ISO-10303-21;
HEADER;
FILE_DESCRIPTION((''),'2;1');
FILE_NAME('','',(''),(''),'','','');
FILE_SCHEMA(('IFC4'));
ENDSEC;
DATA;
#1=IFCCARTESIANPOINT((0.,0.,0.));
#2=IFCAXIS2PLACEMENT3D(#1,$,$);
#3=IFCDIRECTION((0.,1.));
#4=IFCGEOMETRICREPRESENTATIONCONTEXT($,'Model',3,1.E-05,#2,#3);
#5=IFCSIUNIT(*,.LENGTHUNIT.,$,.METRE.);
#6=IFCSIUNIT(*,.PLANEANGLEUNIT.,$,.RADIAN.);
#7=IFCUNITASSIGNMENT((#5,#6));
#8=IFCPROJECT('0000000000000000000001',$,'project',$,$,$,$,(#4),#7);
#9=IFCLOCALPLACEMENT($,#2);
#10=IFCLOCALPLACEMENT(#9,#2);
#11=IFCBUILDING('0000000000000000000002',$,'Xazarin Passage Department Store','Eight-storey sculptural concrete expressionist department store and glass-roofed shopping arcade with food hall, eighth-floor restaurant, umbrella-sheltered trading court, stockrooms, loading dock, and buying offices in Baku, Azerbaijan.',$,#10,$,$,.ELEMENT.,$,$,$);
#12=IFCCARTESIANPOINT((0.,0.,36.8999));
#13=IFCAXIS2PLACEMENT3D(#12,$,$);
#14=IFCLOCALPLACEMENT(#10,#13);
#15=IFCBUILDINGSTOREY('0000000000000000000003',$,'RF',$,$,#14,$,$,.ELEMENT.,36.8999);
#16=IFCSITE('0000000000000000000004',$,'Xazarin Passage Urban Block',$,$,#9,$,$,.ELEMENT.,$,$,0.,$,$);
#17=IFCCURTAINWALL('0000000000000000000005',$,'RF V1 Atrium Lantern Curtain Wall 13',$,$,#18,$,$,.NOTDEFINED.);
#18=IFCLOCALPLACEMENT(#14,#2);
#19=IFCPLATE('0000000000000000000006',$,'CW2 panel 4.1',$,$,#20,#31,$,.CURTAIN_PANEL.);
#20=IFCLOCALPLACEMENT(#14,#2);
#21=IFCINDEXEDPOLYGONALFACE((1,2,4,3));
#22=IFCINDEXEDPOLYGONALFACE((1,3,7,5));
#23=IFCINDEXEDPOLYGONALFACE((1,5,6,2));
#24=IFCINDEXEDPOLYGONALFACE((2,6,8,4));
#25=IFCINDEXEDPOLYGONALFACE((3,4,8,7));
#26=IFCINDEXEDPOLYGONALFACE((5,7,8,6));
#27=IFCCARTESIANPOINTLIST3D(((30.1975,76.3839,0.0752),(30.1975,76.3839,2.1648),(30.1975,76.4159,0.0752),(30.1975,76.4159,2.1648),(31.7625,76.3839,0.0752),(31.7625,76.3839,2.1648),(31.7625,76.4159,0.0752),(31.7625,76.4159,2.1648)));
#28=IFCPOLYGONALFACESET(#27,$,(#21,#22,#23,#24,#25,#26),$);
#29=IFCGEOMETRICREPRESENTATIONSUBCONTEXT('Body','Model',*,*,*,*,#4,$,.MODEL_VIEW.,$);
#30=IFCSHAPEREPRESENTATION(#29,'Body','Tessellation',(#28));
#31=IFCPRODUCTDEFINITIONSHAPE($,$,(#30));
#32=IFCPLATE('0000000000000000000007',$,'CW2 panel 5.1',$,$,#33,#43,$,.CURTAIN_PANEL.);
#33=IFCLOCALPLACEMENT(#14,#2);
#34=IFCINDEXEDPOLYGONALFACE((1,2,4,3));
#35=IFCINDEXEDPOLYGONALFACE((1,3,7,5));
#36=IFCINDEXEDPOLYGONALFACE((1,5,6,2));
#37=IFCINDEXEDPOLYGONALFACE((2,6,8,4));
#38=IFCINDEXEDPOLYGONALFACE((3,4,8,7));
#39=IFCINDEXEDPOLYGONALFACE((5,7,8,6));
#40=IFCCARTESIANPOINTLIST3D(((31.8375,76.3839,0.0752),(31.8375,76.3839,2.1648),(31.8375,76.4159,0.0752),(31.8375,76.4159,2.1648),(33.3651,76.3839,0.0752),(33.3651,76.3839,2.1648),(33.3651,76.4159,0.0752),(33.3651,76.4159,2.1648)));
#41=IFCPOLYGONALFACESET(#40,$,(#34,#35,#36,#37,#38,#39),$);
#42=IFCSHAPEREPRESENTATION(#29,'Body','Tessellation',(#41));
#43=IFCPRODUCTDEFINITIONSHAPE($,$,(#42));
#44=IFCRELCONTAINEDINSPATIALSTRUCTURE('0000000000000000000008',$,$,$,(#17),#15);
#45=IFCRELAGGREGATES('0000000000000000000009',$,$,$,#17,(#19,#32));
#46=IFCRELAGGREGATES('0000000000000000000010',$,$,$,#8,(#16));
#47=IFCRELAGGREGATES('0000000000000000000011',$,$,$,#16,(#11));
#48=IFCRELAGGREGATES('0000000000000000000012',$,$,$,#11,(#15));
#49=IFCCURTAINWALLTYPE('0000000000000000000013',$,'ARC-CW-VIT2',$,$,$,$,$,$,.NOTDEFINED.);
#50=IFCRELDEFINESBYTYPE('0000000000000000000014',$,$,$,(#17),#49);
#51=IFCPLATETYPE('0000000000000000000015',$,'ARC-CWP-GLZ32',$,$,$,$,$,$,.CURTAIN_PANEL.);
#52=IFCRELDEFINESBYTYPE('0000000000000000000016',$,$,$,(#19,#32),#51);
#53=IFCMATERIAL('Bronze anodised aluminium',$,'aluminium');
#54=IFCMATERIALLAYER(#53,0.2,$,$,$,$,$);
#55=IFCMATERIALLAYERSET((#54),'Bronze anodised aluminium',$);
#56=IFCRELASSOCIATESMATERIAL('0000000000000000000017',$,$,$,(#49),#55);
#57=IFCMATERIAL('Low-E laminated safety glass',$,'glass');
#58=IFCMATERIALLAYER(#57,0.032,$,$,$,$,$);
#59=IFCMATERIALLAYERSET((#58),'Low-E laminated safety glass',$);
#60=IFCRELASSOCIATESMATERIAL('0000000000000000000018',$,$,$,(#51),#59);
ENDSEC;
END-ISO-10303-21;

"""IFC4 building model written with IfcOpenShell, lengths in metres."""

from ifc_helpers import new_model, si_unit, direction, frame, origin, origin_2d, place, context, subcontext, project, spatial, rectangle, extrude, material, layer, layer_set, type_object, element, aggregate, save


model = new_model("IFC4")

# Units and contexts
model_context = context("Model", 3, precision=1e-05, world=origin(), true_north=direction((0.0, 1.0)))
body_context = subcontext(model_context, "Body", "Model", "MODEL_VIEW")
ifc_project = project(units=[si_unit("LENGTHUNIT", "METRE"), si_unit("PLANEANGLEUNIT", "RADIAN")], contexts=[model_context])

# Site, building, storey
site_placement = place(None, origin())
site = spatial("IfcSite", under=ifc_project, at=site_placement, Name="Xazarin Passage Urban Block", CompositionType="ELEMENT", RefElevation=0.0)
building_placement = place(site_placement, origin())
building = spatial("IfcBuilding", under=site, at=building_placement, Name="Xazarin Passage Department Store", Description="Eight-storey sculptural concrete expressionist department store and glass-roofed shopping arcade with food hall, eighth-floor restaurant, umbrella-sheltered trading court, stockrooms, loading dock, and buying offices in Baku, Azerbaijan.", CompositionType="ELEMENT")
storey_placement = place(building_placement, frame((0.0, 0.0, 36.8999)))
storey = spatial("IfcBuildingStorey", under=building, at=storey_placement, Name="RF", CompositionType="ELEMENT", Elevation=36.8999)

# Curtain wall
ifc_material_1 = material(Name="Bronze anodised aluminium", Category="aluminium")
ifc_layer_1 = layer(ifc_material_1, 0.2)
ifc_layer_set_1 = layer_set([ifc_layer_1], Name="Bronze anodised aluminium")
curtain_wall_type = type_object("IfcCurtainWallType", Name="ARC-CW-VIT2", PredefinedType="NOTDEFINED", material=ifc_layer_set_1)
curtain_wall_1_placement = place(storey_placement, origin())
curtain_wall_1 = element("IfcCurtainWall", 1, at=curtain_wall_1_placement, inside=storey, type_object=curtain_wall_type, Name="RF V1 Atrium Lantern Curtain Wall 13", PredefinedType="NOTDEFINED")

# Plates
ifc_material_2 = material(Name="Low-E laminated safety glass", Category="glass")
ifc_layer_2 = layer(ifc_material_2, 0.032)
ifc_layer_set_2 = layer_set([ifc_layer_2], Name="Low-E laminated safety glass")
plate_type = type_object("IfcPlateType", Name="ARC-CWP-GLZ32", PredefinedType="CURTAIN_PANEL", material=ifc_layer_set_2)
plate_1_placement = place(storey_placement, frame((30.98, 76.3999, 0.0752), z_axis=(0.0, 0.0, 1.0), x_axis=(1.0, 0.0, 0.0)))
plate_1 = element("IfcPlate", 2, at=plate_1_placement, type_object=plate_type, Name="CW2 panel 4.1", PredefinedType="CURTAIN_PANEL", context=body_context, shape_type="SweptSolid", body=[
    extrude(rectangle(XDim=1.5649, YDim=0.032, at=origin_2d()), origin(), (0.0, 0.0, 1.0), 2.0896),
])
plate_2_placement = place(storey_placement, frame((32.6013, 76.3999, 0.0752), z_axis=(0.0, 0.0, 1.0), x_axis=(1.0, 0.0, 0.0)))
plate_2 = element("IfcPlate", 3, at=plate_2_placement, type_object=plate_type, Name="CW2 panel 5.1", PredefinedType="CURTAIN_PANEL", context=body_context, shape_type="SweptSolid", body=[
    extrude(rectangle(XDim=1.5276, YDim=0.032, at=origin_2d()), origin(), (0.0, 0.0, 1.0), 2.0896),
])
aggregate(curtain_wall_1, [plate_1, plate_2])

save(model, "model.ifc")
